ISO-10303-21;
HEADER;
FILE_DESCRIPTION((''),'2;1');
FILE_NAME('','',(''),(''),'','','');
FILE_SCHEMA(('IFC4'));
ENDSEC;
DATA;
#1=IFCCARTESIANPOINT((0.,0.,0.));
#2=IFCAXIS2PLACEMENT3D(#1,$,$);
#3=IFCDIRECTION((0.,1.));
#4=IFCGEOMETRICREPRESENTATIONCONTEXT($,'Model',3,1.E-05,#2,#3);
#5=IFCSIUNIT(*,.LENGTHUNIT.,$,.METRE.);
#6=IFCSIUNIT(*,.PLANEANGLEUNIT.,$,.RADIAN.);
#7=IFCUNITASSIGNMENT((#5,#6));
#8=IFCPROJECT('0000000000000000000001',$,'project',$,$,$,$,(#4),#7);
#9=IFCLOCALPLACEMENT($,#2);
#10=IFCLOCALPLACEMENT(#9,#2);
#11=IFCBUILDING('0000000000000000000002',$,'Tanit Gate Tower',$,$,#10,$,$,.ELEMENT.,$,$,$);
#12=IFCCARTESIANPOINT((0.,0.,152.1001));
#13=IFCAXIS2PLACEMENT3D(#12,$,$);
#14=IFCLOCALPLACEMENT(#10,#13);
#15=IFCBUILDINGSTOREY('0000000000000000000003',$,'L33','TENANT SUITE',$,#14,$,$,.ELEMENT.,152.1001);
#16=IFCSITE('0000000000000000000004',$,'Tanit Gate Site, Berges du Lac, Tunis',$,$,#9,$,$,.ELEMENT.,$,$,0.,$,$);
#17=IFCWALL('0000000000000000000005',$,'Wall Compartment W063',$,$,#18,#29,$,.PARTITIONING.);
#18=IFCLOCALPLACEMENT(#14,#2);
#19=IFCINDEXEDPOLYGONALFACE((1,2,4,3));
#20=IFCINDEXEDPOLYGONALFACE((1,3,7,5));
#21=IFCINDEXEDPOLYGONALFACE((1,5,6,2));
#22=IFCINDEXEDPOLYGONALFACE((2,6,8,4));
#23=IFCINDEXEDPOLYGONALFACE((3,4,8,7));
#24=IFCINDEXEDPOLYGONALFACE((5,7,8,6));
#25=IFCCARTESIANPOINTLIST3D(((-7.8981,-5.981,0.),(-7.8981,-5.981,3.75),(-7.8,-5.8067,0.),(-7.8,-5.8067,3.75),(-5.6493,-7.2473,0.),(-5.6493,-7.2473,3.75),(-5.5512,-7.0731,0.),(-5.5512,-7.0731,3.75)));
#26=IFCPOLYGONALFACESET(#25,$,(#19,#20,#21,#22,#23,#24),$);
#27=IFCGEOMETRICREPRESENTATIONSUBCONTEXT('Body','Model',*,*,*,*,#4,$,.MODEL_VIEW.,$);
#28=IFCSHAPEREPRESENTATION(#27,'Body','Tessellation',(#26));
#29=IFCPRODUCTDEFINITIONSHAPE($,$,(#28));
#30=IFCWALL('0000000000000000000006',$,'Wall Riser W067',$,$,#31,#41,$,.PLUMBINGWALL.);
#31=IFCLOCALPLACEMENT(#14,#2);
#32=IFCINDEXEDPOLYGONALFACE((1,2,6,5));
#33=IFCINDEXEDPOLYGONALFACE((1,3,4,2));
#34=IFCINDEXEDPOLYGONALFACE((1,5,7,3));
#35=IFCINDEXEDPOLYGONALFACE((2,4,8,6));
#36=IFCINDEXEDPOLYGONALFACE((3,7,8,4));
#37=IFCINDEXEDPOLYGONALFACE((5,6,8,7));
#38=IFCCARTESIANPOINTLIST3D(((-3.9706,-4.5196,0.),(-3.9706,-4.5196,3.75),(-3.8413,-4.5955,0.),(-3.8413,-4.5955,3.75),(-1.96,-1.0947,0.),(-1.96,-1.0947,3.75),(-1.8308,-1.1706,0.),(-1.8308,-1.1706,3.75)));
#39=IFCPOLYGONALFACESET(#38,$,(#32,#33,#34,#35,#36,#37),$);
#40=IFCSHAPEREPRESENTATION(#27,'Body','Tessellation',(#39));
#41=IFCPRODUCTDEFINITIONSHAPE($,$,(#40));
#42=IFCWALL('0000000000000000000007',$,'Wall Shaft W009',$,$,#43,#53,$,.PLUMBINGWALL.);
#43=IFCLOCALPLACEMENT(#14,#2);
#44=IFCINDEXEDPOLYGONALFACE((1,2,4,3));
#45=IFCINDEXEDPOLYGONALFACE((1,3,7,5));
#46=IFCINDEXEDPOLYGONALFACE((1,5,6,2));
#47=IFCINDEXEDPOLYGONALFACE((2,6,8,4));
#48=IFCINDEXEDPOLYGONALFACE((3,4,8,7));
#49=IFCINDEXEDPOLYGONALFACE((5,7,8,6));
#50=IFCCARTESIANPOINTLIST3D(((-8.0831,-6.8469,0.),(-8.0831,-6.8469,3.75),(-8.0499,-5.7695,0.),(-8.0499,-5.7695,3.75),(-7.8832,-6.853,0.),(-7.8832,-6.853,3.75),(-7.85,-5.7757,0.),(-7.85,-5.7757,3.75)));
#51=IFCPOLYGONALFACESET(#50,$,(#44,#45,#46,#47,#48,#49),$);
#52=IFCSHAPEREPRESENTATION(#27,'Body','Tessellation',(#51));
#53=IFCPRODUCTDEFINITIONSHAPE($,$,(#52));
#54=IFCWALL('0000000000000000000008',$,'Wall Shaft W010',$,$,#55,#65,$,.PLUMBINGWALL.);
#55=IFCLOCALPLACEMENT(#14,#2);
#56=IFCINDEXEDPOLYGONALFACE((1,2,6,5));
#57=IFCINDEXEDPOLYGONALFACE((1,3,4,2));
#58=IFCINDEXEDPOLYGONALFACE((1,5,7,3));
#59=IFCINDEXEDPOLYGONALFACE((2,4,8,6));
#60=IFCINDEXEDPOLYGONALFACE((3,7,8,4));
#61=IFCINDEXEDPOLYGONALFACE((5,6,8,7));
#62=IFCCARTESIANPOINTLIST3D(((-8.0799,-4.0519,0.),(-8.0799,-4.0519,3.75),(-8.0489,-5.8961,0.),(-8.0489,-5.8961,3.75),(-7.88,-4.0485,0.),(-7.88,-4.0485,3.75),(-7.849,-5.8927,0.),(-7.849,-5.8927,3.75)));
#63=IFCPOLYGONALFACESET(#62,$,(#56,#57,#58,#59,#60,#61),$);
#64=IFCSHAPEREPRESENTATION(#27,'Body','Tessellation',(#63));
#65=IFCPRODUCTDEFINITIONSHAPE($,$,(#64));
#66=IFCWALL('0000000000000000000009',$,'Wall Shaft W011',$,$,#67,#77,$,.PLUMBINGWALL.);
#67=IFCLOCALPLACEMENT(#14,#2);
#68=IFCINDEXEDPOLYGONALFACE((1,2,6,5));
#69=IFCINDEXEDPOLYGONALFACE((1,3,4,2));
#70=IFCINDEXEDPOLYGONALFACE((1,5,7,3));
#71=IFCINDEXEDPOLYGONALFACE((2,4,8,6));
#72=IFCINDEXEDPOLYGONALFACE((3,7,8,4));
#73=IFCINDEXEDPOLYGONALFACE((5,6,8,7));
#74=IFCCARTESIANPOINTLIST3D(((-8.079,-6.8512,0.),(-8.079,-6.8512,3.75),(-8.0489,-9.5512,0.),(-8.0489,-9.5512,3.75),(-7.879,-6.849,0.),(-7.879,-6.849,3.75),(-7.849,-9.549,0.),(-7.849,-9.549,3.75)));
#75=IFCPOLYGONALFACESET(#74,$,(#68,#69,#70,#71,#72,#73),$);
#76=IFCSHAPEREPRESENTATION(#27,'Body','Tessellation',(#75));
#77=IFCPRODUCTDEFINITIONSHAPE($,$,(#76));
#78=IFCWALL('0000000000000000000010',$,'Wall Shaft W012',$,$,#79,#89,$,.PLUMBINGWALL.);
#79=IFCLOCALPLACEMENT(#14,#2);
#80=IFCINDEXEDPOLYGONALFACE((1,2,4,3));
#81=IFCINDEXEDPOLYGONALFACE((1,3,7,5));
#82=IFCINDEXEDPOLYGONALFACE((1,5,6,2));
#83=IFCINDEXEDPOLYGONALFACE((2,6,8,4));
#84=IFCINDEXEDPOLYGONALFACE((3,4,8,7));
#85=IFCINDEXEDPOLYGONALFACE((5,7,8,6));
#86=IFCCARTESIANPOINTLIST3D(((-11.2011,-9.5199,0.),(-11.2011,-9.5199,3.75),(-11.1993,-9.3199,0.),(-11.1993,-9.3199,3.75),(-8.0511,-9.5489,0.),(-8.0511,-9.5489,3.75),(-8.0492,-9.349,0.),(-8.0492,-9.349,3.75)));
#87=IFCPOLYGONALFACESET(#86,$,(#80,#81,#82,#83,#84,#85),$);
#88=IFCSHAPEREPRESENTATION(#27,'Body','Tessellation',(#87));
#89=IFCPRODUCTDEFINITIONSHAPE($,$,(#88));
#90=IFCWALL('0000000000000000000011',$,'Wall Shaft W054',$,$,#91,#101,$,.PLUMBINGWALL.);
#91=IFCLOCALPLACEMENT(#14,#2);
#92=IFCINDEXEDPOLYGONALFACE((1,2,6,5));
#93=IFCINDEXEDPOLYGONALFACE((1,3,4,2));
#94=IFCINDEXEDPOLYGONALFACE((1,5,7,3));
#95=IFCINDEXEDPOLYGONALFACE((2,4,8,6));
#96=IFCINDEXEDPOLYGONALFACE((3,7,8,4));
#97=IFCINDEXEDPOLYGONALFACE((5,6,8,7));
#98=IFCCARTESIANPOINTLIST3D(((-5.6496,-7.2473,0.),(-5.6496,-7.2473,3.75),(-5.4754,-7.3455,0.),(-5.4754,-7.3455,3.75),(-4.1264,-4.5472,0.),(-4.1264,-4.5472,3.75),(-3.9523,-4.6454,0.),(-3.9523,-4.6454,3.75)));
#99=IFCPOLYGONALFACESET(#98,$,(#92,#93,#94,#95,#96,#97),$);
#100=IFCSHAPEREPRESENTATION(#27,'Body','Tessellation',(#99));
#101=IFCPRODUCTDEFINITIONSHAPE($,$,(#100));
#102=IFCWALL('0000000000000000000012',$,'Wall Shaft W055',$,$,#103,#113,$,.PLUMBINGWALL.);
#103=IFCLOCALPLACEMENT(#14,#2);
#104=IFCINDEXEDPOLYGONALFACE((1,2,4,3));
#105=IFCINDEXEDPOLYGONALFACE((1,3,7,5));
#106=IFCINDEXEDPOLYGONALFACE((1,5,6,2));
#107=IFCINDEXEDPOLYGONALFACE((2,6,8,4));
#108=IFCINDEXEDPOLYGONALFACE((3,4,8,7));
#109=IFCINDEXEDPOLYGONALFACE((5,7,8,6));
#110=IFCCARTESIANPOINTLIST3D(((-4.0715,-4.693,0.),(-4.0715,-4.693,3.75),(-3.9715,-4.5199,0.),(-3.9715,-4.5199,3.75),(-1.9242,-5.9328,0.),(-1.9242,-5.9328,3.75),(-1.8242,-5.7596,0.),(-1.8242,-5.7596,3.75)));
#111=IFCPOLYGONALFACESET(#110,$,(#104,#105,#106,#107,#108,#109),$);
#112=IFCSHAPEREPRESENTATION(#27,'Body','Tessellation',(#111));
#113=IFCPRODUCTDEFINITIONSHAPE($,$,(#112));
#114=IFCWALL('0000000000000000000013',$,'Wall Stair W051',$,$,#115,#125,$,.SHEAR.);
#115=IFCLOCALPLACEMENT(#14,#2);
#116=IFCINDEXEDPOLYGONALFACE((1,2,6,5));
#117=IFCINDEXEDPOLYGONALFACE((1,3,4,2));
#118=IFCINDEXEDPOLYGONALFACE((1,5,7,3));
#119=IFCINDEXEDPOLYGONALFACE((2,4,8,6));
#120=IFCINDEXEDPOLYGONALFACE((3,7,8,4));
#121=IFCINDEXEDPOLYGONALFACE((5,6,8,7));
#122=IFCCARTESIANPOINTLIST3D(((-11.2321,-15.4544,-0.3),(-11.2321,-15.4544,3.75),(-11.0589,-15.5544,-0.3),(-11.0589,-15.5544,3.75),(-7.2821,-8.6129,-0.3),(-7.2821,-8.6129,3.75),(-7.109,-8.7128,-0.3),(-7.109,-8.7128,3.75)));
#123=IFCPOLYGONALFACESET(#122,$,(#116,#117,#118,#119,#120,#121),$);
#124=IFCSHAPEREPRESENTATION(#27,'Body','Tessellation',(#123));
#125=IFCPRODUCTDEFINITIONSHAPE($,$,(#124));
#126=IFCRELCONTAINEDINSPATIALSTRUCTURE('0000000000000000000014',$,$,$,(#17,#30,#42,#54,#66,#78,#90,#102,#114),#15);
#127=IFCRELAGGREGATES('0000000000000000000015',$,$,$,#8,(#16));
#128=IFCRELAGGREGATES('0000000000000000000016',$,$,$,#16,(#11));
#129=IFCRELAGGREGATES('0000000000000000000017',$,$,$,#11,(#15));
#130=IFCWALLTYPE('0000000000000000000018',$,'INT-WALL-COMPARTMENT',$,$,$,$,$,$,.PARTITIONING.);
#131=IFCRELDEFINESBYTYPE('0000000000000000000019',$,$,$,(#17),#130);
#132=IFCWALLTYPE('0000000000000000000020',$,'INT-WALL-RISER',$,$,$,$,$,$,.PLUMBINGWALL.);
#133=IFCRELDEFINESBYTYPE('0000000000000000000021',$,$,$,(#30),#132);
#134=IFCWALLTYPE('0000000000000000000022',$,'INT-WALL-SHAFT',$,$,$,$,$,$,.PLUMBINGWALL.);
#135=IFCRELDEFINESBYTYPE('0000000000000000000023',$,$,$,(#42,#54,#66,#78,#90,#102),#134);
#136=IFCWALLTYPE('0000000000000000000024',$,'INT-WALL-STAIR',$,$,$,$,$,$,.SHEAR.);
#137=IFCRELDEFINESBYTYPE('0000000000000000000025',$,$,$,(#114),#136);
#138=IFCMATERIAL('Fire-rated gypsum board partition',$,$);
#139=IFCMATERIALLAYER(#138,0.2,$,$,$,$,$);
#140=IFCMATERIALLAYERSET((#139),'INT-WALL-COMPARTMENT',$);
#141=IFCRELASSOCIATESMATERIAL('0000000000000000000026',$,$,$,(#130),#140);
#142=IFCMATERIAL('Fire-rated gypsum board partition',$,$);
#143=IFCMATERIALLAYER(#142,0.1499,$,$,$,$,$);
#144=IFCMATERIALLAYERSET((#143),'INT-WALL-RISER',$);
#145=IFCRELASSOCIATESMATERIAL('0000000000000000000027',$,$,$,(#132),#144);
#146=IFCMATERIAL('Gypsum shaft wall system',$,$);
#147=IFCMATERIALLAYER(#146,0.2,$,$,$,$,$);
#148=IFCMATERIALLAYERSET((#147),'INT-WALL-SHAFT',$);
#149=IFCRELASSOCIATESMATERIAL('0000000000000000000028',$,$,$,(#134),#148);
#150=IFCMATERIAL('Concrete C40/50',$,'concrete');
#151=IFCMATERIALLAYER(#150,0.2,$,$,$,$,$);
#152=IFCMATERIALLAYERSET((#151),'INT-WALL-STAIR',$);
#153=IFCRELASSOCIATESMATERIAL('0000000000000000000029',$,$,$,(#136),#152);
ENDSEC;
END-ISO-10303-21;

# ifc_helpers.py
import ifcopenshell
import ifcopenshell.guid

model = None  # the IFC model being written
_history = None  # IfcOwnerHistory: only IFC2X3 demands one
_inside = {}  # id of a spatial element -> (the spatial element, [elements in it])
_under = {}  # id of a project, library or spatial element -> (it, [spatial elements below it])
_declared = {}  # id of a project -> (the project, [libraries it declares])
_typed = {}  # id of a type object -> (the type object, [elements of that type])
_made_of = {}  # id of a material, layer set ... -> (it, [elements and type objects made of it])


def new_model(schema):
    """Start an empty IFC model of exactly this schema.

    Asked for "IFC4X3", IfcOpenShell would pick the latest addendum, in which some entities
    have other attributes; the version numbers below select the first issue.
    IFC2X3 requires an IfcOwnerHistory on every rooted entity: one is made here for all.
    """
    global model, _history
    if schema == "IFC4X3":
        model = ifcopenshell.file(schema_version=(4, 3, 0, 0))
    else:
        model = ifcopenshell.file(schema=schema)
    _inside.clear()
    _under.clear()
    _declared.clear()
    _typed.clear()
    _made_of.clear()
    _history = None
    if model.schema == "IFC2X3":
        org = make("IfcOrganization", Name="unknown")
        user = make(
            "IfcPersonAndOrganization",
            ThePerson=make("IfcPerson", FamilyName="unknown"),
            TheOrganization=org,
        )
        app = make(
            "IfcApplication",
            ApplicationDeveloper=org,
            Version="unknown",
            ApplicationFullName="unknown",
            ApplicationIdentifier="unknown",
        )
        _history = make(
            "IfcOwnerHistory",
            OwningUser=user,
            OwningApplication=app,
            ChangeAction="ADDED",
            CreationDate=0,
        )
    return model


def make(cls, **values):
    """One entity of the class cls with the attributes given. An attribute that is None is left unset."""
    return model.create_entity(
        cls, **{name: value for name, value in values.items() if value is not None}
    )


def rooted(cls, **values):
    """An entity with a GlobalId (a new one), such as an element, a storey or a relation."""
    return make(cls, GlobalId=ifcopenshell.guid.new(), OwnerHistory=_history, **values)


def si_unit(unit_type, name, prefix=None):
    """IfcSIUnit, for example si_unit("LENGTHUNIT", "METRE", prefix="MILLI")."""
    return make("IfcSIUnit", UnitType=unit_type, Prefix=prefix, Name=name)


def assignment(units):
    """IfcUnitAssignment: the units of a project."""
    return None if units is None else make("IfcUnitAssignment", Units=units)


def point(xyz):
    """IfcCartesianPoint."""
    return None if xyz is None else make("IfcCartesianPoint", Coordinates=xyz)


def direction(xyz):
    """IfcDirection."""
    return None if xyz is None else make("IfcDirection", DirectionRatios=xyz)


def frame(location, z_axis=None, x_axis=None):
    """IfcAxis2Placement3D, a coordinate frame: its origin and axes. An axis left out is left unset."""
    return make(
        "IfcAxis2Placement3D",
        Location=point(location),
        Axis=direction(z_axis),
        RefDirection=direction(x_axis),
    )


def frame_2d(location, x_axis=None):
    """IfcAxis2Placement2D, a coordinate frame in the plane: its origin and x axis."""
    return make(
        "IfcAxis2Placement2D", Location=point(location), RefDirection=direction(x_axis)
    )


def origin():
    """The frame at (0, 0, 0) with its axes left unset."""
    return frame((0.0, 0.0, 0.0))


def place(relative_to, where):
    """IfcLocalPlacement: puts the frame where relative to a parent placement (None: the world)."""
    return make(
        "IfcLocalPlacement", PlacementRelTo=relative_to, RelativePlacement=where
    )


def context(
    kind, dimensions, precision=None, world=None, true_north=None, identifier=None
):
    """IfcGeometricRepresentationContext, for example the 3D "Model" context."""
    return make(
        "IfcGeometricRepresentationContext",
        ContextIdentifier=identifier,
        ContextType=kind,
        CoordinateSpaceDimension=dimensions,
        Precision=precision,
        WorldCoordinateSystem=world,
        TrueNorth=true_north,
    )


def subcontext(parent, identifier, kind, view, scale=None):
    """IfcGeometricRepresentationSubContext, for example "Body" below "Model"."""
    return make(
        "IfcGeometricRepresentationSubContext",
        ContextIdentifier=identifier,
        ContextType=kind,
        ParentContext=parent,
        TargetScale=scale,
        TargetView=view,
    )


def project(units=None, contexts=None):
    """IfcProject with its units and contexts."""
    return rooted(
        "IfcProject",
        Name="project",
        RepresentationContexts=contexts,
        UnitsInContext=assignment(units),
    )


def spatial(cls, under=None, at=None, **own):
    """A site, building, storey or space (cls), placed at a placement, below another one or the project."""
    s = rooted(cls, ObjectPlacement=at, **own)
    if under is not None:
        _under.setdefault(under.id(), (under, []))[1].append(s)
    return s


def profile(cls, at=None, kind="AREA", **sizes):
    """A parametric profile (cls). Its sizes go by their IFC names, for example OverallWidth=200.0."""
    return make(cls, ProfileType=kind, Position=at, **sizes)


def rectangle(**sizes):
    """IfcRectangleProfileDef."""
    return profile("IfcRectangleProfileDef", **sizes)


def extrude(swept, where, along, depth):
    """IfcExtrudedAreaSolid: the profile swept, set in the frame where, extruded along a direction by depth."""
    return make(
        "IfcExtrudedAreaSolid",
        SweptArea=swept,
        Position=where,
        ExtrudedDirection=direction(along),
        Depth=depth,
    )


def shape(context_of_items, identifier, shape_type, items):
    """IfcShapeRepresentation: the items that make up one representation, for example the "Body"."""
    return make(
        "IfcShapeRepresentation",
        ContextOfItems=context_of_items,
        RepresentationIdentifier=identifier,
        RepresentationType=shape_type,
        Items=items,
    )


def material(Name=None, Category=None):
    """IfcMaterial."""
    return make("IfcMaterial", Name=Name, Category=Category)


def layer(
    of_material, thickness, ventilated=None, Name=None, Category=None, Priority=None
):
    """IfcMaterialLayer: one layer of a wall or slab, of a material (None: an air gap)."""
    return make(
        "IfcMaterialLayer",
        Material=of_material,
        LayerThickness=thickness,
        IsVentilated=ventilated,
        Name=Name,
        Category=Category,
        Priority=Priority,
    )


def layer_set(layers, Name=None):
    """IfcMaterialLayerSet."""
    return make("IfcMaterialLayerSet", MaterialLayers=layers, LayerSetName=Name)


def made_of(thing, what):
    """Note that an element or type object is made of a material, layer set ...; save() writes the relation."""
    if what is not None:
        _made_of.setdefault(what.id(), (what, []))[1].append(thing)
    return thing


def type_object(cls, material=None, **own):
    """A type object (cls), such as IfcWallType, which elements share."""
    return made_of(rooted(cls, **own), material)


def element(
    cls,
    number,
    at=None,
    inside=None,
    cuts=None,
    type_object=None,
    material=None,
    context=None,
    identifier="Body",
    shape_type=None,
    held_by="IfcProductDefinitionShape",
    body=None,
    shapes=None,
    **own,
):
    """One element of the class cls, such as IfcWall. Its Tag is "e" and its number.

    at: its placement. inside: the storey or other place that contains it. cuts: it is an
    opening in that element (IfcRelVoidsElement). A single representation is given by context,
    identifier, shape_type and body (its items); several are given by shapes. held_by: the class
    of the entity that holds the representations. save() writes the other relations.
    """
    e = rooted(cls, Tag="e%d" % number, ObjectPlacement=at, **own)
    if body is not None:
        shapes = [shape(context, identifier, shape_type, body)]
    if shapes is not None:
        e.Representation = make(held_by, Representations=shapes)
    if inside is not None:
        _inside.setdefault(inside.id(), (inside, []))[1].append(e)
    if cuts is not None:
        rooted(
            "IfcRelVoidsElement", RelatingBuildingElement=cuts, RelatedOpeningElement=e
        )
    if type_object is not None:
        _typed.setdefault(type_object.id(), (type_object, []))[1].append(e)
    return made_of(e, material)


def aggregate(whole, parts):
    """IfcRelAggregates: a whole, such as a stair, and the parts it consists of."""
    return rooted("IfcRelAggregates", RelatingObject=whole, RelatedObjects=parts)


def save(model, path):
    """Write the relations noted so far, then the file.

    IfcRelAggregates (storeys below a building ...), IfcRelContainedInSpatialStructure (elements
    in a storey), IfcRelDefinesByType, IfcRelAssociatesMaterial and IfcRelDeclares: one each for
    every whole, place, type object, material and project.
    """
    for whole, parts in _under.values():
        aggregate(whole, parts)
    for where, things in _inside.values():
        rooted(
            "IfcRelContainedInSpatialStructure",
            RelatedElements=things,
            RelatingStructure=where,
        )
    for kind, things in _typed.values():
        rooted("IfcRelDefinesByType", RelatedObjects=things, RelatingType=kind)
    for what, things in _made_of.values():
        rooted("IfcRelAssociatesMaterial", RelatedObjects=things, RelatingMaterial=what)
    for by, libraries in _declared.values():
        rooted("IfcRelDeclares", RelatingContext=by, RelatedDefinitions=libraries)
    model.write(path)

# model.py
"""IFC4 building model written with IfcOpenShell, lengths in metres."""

from ifc_helpers import new_model, si_unit, direction, frame, frame_2d, origin, place, context, subcontext, project, spatial, rectangle, extrude, material, layer, layer_set, type_object, element, save


model = new_model("IFC4")

# Units and contexts
model_context = context("Model", 3, precision=1e-05, world=origin(), true_north=direction((0.0, 1.0)))
body_context = subcontext(model_context, "Body", "Model", "MODEL_VIEW")
ifc_project = project(units=[si_unit("LENGTHUNIT", "METRE"), si_unit("PLANEANGLEUNIT", "RADIAN")], contexts=[model_context])

# Site, building, storey
site_placement = place(None, origin())
site = spatial("IfcSite", under=ifc_project, at=site_placement, Name="Tanit Gate Site, Berges du Lac, Tunis", CompositionType="ELEMENT", RefElevation=0.0)
building_placement = place(site_placement, origin())
building = spatial("IfcBuilding", under=site, at=building_placement, Name="Tanit Gate Tower", CompositionType="ELEMENT")
storey_placement = place(building_placement, frame((0.0, 0.0, 152.1001)))
storey = spatial("IfcBuildingStorey", under=building, at=storey_placement, Name="L33", Description="TENANT SUITE", CompositionType="ELEMENT", Elevation=152.1001)

# Walls
ifc_material_1 = material(Name="Fire-rated gypsum board partition")
ifc_layer_1 = layer(ifc_material_1, 0.2)
ifc_layer_set_1 = layer_set([ifc_layer_1], Name="INT-WALL-COMPARTMENT")
wall_type_1 = type_object("IfcWallType", Name="INT-WALL-COMPARTMENT", PredefinedType="PARTITIONING", material=ifc_layer_set_1)
wall_1_placement = place(storey_placement, frame((-7.8491, -5.8938, 0.0), z_axis=(0.0, 0.0, 1.0), x_axis=(0.87134, -0.490679, 0.0)))
element("IfcWall", 1, at=wall_1_placement, inside=storey, type_object=wall_type_1, Name="Wall Compartment W063", PredefinedType="PARTITIONING", context=body_context, shape_type="SweptSolid", body=[
    extrude(rectangle(XDim=2.5808, YDim=0.2, at=frame_2d((1.2905, 0.0))), origin(), (0.0, 0.0, 1.0), 3.75),
])
ifc_material_2 = material(Name="Fire-rated gypsum board partition")
ifc_layer_2 = layer(ifc_material_2, 0.1499)
ifc_layer_set_2 = layer_set([ifc_layer_2], Name="INT-WALL-RISER")
wall_type_2 = type_object("IfcWallType", Name="INT-WALL-RISER", PredefinedType="PLUMBINGWALL", material=ifc_layer_set_2)
wall_2_placement = place(storey_placement, frame((-3.906, -4.5576, 0.0), z_axis=(0.0, 0.0, 1.0), x_axis=(0.506254, 0.862384, 0.0)))
element("IfcWall", 2, at=wall_2_placement, inside=storey, type_object=wall_type_2, Name="Wall Riser W067", PredefinedType="PLUMBINGWALL", context=body_context, shape_type="SweptSolid", body=[
    extrude(rectangle(XDim=3.9714, YDim=0.1499, at=frame_2d((1.9858, 0.0))), origin(), (0.0, 0.0, 1.0), 3.75),
])
ifc_material_3 = material(Name="Gypsum shaft wall system")
ifc_layer_3 = layer(ifc_material_3, 0.2)
ifc_layer_set_3 = layer_set([ifc_layer_3], Name="INT-WALL-SHAFT")
wall_type_3 = type_object("IfcWallType", Name="INT-WALL-SHAFT", PredefinedType="PLUMBINGWALL", material=ifc_layer_set_3)
wall_3_placement = place(storey_placement, frame((-7.95, -5.7725, 0.0), z_axis=(0.0, 0.0, 1.0), x_axis=(-0.030803, -0.999525, 0.0)))
element("IfcWall", 3, at=wall_3_placement, inside=storey, type_object=wall_type_3, Name="Wall Shaft W009", PredefinedType="PLUMBINGWALL", context=body_context, shape_type="SweptSolid", body=[
    extrude(rectangle(XDim=1.0779, YDim=0.2, at=frame_2d((0.5391, 0.0))), origin(), (0.0, 0.0, 1.0), 3.75),
])
wall_4_placement = place(storey_placement, frame((-7.98, -4.05, 0.0), z_axis=(0.0, 0.0, 1.0), x_axis=(0.01681, -0.999859, 0.0)))
element("IfcWall", 4, at=wall_4_placement, inside=storey, type_object=wall_type_3, Name="Wall Shaft W010", PredefinedType="PLUMBINGWALL", context=body_context, shape_type="SweptSolid", body=[
    extrude(rectangle(XDim=1.8445, YDim=0.2, at=frame_2d((0.9224, 0.0))), origin(), (0.0, 0.0, 1.0), 3.75),
])
wall_5_placement = place(storey_placement, frame((-7.979, -6.8501, 0.0), z_axis=(0.0, 0.0, 1.0), x_axis=(0.011121, -0.999938, 0.0)))
element("IfcWall", 5, at=wall_5_placement, inside=storey, type_object=wall_type_3, Name="Wall Shaft W011", PredefinedType="PLUMBINGWALL", context=body_context, shape_type="SweptSolid", body=[
    extrude(rectangle(XDim=2.7002, YDim=0.2, at=frame_2d((1.3501, 0.0))), origin(), (0.0, 0.0, 1.0), 3.75),
])
wall_6_placement = place(storey_placement, frame((-8.05, -9.449, 0.0), z_axis=(0.0, 0.0, 1.0), x_axis=(-0.999957, 0.009223, 0.0)))
element("IfcWall", 6, at=wall_6_placement, inside=storey, type_object=wall_type_3, Name="Wall Shaft W012", PredefinedType="PLUMBINGWALL", context=body_context, shape_type="SweptSolid", body=[
    extrude(rectangle(XDim=3.1501, YDim=0.2, at=frame_2d((1.5752, 0.0))), origin(), (0.0, 0.0, 1.0), 3.75),
])

# Walls
wall_7_placement = place(storey_placement, frame((-5.5625, -7.2964, 0.0), z_axis=(0.0, 0.0, 1.0), x_axis=(0.491323, 0.870978, 0.0)))
element("IfcWall", 7, at=wall_7_placement, inside=storey, type_object=wall_type_3, Name="Wall Shaft W054", PredefinedType="PLUMBINGWALL", context=body_context, shape_type="SweptSolid", body=[
    extrude(rectangle(XDim=3.1001, YDim=0.2, at=frame_2d((1.55, 0.0))), origin(), (0.0, 0.0, 1.0), 3.75),
])
wall_8_placement = place(storey_placement, frame((-4.0215, -4.6064, 0.0), z_axis=(0.0, 0.0, 1.0), x_axis=(0.866017, -0.500015, 0.0)))
element("IfcWall", 8, at=wall_8_placement, inside=storey, type_object=wall_type_3, Name="Wall Shaft W055", PredefinedType="PLUMBINGWALL", context=body_context, shape_type="SweptSolid", body=[
    extrude(rectangle(XDim=2.4795, YDim=0.2, at=frame_2d((1.2397, 0.0))), origin(), (0.0, 0.0, 1.0), 3.75),
])
ifc_material_4 = material(Name="Concrete C40/50", Category="concrete")
ifc_layer_4 = layer(ifc_material_4, 0.2)
ifc_layer_set_4 = layer_set([ifc_layer_4], Name="INT-WALL-STAIR")
wall_type_4 = type_object("IfcWallType", Name="INT-WALL-STAIR", PredefinedType="SHEAR", material=ifc_layer_set_4)
wall_9_placement = place(storey_placement, frame((-7.1956, -8.6628, -0.3), z_axis=(0.0, 0.0, 1.0), x_axis=(-0.499998, -0.866027, 0.0)))
element("IfcWall", 9, at=wall_9_placement, inside=storey, type_object=wall_type_4, Name="Wall Stair W051", PredefinedType="SHEAR", context=body_context, shape_type="SweptSolid", body=[
    extrude(rectangle(XDim=7.8999, YDim=0.2, at=frame_2d((3.95, 0.0))), origin(), (0.0, 0.0, 1.0), 4.05),
])

save(model, "model.ifc")
